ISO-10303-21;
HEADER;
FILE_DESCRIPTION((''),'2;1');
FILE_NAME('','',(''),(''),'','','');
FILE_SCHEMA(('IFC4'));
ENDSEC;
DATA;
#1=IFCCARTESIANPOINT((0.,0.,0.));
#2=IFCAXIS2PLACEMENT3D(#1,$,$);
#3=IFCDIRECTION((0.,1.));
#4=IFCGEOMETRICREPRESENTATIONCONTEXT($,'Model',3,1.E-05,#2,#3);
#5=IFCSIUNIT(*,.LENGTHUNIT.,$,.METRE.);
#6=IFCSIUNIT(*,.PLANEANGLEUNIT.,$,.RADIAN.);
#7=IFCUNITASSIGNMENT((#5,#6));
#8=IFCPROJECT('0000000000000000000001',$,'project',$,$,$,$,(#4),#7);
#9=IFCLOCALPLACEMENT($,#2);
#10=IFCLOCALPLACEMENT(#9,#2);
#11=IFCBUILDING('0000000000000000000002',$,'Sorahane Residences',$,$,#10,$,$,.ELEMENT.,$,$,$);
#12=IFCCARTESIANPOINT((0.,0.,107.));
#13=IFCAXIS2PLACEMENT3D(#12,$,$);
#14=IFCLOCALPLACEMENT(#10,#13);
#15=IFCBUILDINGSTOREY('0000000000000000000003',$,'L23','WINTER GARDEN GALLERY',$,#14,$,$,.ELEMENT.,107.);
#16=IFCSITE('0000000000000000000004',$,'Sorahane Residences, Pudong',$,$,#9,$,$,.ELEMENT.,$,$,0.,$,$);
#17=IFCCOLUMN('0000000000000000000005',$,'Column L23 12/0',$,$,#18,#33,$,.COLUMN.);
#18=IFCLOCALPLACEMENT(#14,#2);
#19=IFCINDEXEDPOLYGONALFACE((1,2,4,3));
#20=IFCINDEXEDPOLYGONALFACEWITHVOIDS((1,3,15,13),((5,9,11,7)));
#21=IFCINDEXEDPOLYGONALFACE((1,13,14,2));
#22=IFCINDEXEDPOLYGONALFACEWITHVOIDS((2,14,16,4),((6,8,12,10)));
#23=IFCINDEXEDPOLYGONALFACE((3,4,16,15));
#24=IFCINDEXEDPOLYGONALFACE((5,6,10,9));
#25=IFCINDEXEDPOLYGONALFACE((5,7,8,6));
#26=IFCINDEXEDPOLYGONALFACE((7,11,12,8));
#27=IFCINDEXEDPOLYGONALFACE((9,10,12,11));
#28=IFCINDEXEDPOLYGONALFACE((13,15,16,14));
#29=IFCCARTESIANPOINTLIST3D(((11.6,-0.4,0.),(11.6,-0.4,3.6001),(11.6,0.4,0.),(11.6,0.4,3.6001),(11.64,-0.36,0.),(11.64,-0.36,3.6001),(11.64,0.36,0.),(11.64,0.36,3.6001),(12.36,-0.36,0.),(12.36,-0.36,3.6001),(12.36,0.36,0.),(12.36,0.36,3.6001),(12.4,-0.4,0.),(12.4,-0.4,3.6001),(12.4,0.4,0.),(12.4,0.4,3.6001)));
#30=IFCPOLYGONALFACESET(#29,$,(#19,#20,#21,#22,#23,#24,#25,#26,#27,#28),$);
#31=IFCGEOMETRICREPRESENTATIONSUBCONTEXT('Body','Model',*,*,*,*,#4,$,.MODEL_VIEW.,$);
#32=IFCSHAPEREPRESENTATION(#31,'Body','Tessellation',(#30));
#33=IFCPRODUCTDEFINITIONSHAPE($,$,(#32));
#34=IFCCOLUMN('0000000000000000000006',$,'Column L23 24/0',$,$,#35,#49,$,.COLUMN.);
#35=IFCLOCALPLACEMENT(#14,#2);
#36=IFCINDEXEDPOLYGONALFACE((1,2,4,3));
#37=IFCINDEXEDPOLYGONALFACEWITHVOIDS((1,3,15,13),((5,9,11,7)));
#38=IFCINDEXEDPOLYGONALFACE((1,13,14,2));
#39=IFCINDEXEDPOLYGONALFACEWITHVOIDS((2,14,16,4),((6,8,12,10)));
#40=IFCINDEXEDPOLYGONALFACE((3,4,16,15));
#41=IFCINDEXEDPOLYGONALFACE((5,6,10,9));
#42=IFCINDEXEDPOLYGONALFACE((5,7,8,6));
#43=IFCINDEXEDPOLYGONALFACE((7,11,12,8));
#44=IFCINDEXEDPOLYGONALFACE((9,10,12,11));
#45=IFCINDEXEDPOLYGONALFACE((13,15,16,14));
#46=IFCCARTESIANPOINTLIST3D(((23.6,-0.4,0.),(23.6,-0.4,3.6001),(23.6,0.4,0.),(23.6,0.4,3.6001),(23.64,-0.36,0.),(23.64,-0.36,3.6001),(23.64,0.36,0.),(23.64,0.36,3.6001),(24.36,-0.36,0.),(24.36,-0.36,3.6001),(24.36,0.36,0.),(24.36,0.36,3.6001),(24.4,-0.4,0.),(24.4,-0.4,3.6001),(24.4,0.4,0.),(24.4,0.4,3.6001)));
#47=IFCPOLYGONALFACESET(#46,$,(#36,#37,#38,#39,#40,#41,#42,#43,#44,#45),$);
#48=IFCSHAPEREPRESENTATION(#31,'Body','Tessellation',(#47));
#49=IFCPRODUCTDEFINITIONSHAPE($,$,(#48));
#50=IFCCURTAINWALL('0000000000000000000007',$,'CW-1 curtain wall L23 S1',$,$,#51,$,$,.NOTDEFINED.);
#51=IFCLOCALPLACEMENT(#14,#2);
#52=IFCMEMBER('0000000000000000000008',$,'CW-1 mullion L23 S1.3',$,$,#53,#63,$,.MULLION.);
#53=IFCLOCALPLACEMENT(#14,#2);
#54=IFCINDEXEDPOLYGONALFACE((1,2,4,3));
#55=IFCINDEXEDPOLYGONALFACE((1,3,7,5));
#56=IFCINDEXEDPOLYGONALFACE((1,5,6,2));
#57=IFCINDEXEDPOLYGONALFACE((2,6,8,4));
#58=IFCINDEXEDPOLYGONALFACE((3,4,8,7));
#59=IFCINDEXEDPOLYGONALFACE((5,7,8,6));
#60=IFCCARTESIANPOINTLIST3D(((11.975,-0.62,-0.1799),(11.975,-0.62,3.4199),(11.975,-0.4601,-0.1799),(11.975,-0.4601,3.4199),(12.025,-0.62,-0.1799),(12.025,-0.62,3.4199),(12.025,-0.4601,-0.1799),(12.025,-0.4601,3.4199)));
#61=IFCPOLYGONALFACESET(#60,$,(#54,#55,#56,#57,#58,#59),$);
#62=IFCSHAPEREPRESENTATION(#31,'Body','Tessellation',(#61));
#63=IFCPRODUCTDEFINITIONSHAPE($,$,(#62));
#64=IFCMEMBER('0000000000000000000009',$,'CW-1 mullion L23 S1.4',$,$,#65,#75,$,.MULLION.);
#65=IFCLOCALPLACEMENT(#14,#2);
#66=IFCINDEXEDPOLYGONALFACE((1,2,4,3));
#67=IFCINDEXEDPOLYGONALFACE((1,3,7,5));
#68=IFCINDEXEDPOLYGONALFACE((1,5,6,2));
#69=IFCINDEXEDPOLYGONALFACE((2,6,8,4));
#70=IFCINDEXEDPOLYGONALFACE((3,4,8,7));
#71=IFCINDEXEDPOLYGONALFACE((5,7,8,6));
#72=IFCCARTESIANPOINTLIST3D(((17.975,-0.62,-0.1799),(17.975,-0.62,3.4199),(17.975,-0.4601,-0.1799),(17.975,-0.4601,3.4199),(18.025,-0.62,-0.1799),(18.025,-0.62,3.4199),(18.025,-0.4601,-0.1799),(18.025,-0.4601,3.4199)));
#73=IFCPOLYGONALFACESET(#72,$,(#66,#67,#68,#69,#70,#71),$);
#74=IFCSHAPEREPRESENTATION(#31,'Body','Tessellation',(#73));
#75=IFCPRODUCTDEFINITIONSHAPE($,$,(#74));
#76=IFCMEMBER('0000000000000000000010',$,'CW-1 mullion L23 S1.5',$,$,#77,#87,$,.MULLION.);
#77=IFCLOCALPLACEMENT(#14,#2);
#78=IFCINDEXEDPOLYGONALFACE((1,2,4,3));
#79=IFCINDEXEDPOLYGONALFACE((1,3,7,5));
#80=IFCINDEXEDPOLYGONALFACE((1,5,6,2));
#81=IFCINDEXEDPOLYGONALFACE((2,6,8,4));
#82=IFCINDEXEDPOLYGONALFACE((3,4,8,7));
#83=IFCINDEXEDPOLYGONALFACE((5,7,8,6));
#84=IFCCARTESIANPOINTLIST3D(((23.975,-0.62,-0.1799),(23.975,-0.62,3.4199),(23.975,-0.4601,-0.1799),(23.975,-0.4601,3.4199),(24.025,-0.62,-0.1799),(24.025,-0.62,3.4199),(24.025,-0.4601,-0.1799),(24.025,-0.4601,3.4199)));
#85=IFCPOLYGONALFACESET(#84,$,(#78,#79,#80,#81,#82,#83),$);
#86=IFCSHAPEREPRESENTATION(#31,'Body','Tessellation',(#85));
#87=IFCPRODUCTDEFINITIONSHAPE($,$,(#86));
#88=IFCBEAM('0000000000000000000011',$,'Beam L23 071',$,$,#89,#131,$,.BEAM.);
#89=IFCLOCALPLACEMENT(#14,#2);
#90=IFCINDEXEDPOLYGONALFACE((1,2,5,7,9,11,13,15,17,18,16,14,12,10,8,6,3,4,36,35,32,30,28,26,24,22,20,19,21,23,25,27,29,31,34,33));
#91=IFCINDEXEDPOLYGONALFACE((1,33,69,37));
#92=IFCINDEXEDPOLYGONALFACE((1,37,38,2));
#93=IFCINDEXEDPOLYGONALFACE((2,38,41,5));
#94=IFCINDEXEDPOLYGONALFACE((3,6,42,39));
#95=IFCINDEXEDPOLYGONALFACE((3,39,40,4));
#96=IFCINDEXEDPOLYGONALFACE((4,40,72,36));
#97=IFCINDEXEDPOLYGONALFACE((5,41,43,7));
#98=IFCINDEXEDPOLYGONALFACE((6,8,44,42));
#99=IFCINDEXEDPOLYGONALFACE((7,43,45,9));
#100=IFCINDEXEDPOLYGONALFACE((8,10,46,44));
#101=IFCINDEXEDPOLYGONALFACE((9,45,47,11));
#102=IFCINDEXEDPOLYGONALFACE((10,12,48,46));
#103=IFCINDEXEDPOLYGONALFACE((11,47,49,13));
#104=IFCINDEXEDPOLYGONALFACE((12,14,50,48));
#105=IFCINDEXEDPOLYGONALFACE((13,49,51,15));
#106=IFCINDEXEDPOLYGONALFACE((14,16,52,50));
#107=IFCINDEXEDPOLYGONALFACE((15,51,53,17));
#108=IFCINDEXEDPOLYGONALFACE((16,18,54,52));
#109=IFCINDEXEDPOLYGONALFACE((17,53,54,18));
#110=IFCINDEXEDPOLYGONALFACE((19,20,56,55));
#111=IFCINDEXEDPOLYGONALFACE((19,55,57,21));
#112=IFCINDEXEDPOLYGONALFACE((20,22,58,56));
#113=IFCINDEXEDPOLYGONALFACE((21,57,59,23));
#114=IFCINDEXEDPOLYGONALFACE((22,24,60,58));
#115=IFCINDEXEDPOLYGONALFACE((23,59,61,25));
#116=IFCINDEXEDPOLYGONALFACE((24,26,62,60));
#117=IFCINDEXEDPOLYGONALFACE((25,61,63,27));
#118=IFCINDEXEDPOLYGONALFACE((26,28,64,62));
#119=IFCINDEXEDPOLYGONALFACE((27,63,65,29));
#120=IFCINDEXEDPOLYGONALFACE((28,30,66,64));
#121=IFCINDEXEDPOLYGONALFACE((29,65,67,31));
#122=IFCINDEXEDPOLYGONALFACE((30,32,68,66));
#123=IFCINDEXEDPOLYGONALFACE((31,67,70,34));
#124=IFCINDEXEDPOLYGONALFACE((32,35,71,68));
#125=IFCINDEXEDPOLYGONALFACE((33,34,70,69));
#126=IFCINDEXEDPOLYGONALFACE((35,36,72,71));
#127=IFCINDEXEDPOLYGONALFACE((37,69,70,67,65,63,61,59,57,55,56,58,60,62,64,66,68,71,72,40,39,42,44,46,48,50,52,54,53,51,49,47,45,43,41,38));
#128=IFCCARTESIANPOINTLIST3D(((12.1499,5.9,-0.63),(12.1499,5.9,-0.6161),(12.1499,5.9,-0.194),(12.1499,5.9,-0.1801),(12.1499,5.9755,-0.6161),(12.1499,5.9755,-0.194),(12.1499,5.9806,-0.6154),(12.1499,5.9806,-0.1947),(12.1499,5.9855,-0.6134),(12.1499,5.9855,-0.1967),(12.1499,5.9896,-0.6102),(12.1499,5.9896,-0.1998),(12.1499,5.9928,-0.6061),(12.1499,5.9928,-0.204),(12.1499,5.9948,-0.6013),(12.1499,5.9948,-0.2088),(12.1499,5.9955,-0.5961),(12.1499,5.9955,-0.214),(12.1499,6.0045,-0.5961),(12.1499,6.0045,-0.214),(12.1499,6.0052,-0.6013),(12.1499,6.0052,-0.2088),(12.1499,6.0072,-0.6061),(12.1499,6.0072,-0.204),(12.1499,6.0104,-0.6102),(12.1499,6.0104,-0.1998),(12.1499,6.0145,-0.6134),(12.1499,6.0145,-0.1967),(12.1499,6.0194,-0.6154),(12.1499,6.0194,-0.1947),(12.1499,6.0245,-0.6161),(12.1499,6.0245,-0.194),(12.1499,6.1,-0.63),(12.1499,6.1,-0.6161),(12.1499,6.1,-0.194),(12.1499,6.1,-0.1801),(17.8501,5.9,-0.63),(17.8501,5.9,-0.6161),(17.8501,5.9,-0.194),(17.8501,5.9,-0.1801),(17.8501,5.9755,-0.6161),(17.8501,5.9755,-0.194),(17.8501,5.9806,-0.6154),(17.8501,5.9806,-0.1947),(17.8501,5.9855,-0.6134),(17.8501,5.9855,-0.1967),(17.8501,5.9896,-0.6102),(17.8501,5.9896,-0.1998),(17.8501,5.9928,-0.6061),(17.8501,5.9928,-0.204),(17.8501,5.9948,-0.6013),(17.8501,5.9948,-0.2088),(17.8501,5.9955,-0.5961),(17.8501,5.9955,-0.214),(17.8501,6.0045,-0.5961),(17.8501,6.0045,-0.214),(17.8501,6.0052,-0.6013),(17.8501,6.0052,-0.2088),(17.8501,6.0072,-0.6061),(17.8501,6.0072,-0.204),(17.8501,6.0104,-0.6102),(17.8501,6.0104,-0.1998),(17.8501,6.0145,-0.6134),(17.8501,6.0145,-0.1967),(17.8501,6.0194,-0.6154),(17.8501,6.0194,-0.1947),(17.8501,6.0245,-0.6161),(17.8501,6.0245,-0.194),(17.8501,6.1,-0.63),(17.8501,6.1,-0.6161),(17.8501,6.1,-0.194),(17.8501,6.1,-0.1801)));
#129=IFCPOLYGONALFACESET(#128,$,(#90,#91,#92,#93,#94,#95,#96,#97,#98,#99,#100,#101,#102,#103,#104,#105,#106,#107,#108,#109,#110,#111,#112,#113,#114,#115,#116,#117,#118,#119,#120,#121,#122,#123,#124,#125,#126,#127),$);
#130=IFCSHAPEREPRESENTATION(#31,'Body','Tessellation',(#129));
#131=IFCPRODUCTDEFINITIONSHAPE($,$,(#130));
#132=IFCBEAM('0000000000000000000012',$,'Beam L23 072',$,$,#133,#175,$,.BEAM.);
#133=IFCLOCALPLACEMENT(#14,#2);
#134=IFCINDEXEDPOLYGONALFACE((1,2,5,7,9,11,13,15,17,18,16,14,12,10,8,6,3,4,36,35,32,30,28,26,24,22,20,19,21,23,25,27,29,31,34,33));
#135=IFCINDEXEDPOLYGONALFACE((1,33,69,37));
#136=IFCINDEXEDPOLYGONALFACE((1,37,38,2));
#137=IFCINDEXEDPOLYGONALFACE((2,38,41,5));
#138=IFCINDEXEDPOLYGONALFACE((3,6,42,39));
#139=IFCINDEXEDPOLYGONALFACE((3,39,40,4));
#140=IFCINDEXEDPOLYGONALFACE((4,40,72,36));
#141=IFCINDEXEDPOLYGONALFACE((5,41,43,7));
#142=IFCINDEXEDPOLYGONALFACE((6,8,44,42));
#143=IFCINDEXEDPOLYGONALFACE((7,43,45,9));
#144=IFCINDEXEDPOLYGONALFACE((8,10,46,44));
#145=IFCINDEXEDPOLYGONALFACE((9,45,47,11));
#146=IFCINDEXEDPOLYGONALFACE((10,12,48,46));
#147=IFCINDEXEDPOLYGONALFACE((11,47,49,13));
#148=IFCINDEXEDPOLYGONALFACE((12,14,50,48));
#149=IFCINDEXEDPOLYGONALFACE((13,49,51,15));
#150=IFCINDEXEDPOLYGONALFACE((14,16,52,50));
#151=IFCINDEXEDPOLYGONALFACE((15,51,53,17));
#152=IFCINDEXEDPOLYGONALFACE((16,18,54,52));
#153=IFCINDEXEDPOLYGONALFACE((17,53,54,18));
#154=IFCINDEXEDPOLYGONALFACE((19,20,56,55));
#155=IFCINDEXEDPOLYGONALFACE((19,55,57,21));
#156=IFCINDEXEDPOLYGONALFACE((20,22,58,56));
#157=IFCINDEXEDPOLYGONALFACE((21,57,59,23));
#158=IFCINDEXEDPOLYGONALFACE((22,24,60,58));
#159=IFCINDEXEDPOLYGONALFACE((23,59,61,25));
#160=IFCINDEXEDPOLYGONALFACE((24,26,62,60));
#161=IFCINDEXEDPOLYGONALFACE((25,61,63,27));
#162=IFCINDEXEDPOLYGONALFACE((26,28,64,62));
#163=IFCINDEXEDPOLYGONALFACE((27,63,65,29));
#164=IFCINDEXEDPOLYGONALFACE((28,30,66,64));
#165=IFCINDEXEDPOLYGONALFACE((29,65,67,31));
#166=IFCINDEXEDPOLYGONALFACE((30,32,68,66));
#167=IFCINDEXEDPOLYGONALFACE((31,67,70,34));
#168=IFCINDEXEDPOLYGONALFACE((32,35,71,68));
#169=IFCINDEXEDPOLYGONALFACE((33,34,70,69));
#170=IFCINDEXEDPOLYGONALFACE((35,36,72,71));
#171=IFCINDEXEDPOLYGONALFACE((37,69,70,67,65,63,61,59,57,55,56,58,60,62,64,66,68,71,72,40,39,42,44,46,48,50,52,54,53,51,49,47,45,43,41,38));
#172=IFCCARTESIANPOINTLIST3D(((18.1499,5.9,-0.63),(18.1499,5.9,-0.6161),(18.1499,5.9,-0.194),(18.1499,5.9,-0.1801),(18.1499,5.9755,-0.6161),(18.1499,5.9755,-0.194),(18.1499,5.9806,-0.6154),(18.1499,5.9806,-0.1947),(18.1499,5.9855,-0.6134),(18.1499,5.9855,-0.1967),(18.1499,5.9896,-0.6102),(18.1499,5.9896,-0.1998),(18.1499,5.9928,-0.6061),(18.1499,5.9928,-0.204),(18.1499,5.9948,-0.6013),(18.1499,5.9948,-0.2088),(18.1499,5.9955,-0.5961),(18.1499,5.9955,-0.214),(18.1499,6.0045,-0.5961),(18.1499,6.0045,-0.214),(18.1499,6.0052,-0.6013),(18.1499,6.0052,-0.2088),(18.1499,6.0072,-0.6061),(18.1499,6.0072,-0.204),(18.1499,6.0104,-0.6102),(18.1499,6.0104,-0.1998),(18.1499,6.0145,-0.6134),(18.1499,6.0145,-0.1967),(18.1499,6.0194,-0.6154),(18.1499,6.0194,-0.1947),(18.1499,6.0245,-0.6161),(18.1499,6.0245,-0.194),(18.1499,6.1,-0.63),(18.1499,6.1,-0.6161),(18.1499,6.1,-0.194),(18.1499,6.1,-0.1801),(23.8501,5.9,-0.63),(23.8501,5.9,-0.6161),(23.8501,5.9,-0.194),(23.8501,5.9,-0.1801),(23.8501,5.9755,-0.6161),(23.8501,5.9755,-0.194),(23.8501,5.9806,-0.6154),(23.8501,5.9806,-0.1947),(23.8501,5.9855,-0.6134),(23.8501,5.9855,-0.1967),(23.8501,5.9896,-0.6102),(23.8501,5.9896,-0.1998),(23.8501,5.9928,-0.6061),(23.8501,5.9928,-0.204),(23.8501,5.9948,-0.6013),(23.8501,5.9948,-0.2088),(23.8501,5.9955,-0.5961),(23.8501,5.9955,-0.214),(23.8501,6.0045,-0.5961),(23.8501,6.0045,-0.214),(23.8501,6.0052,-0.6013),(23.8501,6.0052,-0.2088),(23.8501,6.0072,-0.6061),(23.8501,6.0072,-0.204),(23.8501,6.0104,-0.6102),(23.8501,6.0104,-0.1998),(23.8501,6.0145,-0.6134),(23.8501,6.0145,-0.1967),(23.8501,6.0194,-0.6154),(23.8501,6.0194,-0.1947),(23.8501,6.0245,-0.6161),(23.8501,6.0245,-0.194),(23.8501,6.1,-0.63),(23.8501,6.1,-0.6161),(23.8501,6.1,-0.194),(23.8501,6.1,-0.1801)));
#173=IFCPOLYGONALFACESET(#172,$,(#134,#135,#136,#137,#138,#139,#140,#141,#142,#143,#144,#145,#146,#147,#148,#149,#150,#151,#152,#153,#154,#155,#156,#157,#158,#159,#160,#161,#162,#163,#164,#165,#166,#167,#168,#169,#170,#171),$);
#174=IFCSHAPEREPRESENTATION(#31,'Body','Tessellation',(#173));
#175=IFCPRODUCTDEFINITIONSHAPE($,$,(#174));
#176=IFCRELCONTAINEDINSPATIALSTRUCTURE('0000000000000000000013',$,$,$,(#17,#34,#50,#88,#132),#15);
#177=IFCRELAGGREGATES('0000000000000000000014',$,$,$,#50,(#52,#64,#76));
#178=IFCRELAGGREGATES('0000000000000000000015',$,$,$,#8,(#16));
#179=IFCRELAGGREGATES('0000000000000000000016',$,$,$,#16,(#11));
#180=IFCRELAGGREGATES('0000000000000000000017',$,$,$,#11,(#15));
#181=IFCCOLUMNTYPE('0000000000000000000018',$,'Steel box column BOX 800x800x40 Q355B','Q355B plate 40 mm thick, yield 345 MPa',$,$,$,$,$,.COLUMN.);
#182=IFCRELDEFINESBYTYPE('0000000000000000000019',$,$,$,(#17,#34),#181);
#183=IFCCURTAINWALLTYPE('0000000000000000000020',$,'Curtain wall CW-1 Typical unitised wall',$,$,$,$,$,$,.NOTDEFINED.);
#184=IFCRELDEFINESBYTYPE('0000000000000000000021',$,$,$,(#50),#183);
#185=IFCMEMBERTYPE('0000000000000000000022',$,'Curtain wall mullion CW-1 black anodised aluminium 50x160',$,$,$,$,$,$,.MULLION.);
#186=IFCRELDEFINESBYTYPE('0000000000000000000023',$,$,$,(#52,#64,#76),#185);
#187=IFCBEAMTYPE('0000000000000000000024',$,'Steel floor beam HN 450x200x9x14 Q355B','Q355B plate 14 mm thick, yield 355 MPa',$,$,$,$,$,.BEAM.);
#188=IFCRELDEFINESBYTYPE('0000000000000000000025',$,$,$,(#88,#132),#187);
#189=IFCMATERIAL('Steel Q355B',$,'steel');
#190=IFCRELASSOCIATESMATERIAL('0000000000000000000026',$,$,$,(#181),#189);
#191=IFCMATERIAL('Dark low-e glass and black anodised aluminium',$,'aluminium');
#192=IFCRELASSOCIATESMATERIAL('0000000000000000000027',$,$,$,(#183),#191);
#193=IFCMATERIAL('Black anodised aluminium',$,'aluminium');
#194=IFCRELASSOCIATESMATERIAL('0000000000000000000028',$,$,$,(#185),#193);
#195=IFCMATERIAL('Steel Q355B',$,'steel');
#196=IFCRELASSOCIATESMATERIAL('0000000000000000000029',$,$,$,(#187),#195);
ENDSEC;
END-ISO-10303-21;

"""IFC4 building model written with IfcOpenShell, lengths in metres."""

from ifc_helpers import new_model, si_unit, direction, frame, origin, origin_2d, place, context, subcontext, project, spatial, rectangle, hollow_rectangle, i_section, extrude, material, material_profile, profile_set, type_object, element, aggregate, save


model = new_model("IFC4")

# Units and contexts
model_context = context("Model", 3, precision=1e-05, world=origin(), true_north=direction((0.0, 1.0)))
body_context = subcontext(model_context, "Body", "Model", "MODEL_VIEW")
ifc_project = project(units=[si_unit("LENGTHUNIT", "METRE"), si_unit("PLANEANGLEUNIT", "RADIAN")], contexts=[model_context])

# Site, building, storey
site_placement = place(None, origin())
site = spatial("IfcSite", under=ifc_project, at=site_placement, Name="Sorahane Residences, Pudong", CompositionType="ELEMENT", RefElevation=0.0)
building_placement = place(site_placement, origin())
building = spatial("IfcBuilding", under=site, at=building_placement, Name="Sorahane Residences", CompositionType="ELEMENT")
storey_placement = place(building_placement, frame((0.0, 0.0, 107.0)))
storey = spatial("IfcBuildingStorey", under=building, at=storey_placement, Name="L23", Description="WINTER GARDEN GALLERY", CompositionType="ELEMENT", Elevation=107.0)

# Columns
ifc_material_1 = material(Name="Steel Q355B", Category="steel")
ifc_material_profile_1 = material_profile(ifc_material_1, hollow_rectangle(XDim=0.8, YDim=0.8, WallThickness=0.04, at=origin_2d()), Name="BOX 800x800x40")
ifc_profile_set_1 = profile_set([ifc_material_profile_1], Name="Steel Q355B")
column_type = type_object("IfcColumnType", Name="Steel box column BOX 800x800x40 Q355B", Description="Q355B plate 40 mm thick, yield 345 MPa", PredefinedType="COLUMN", material=ifc_profile_set_1)
for number, where, z_axis, x_axis, name in (
    (1, (12.0, 0.0, 0.0), (0.0, 0.0, 1.0), (1.0, 0.0, 0.0), "Column L23 12/0"),
    (2, (24.0, 0.0, 0.0), (0.0, 0.0, 1.0), (1.0, 0.0, 0.0), "Column L23 24/0"),
):
    element("IfcColumn", number, at=place(storey_placement, frame(where, z_axis=z_axis, x_axis=x_axis)), inside=storey, type_object=column_type, Name=name, PredefinedType="COLUMN", context=body_context, shape_type="SweptSolid", body=[
        extrude(hollow_rectangle(XDim=0.8, YDim=0.8, WallThickness=0.04, at=origin_2d()), origin(), (0.0, 0.0, 1.0), 3.6001),
    ])

# Curtain wall, members
ifc_material_2 = material(Name="Dark low-e glass and black anodised aluminium", Category="aluminium")
curtain_wall_type = type_object("IfcCurtainWallType", Name="Curtain wall CW-1 Typical unitised wall", PredefinedType="NOTDEFINED", material=ifc_material_2)
curtain_wall_placement = place(storey_placement, origin())
curtain_wall = element("IfcCurtainWall", 3, at=curtain_wall_placement, inside=storey, type_object=curtain_wall_type, Name="CW-1 curtain wall L23 S1", PredefinedType="NOTDEFINED")
ifc_material_3 = material(Name="Black anodised aluminium", Category="aluminium")
ifc_material_profile_2 = material_profile(ifc_material_3, rectangle(XDim=0.1599, YDim=0.05, at=origin_2d()), Name="Curtain wall mullion CW-1 black anodised aluminium 50x160")
ifc_profile_set_2 = profile_set([ifc_material_profile_2], Name="Black anodised aluminium")
member_type = type_object("IfcMemberType", Name="Curtain wall mullion CW-1 black anodised aluminium 50x160", PredefinedType="MULLION", material=ifc_profile_set_2)
member_1_placement = place(storey_placement, frame((12.0, -0.54, -0.1799), z_axis=(0.0, 0.0, 1.0), x_axis=(0.0, -1.0, 0.0)))
member_1 = element("IfcMember", 4, at=member_1_placement, type_object=member_type, Name="CW-1 mullion L23 S1.3", PredefinedType="MULLION", context=body_context, shape_type="SweptSolid", body=[
    extrude(rectangle(XDim=0.1599, YDim=0.05, at=origin_2d()), origin(), (0.0, 0.0, 1.0), 3.5999),
])
member_2_placement = place(storey_placement, frame((18.0, -0.54, -0.1799), z_axis=(0.0, 0.0, 1.0), x_axis=(0.0, -1.0, 0.0)))
member_2 = element("IfcMember", 5, at=member_2_placement, type_object=member_type, Name="CW-1 mullion L23 S1.4", PredefinedType="MULLION", context=body_context, shape_type="SweptSolid", body=[
    extrude(rectangle(XDim=0.1599, YDim=0.05, at=origin_2d()), origin(), (0.0, 0.0, 1.0), 3.5999),
])
member_3_placement = place(storey_placement, frame((24.0, -0.54, -0.1799), z_axis=(0.0, 0.0, 1.0), x_axis=(0.0, -1.0, 0.0)))
member_3 = element("IfcMember", 6, at=member_3_placement, type_object=member_type, Name="CW-1 mullion L23 S1.5", PredefinedType="MULLION", context=body_context, shape_type="SweptSolid", body=[
    extrude(rectangle(XDim=0.1599, YDim=0.05, at=origin_2d()), origin(), (0.0, 0.0, 1.0), 3.5999),
])

# Beams
ifc_material_4 = material(Name="Steel Q355B", Category="steel")
ifc_material_profile_3 = material_profile(ifc_material_4, i_section(OverallWidth=0.2, OverallDepth=0.45, WebThickness=0.009, FlangeThickness=0.0139, FilletRadius=0.02, at=origin_2d()), Name="HN 450x200x9x14")
ifc_profile_set_3 = profile_set([ifc_material_profile_3], Name="Steel Q355B")
beam_type_1 = type_object("IfcBeamType", Name="Steel floor beam HN 450x200x9x14 Q355B", Description="Q355B plate 14 mm thick, yield 355 MPa", PredefinedType="BEAM", material=ifc_profile_set_3)
for number, where, z_axis, x_axis, name in (
    (7, (12.1499, 6.0, -0.405), (1.0, 0.0, 0.0), (0.0, 1.0, 0.0), "Beam L23 071"),
    (8, (18.1499, 6.0, -0.405), (1.0, 0.0, 0.0), (0.0, 1.0, 0.0), "Beam L23 072"),
):
    element("IfcBeam", number, at=place(storey_placement, frame(where, z_axis=z_axis, x_axis=x_axis)), inside=storey, type_object=beam_type_1, Name=name, PredefinedType="BEAM", context=body_context, shape_type="SweptSolid", body=[
        extrude(i_section(OverallWidth=0.2, OverallDepth=0.45, WebThickness=0.009, FlangeThickness=0.0139, FilletRadius=0.02, at=origin_2d()), origin(), (0.0, 0.0, 1.0), 5.7002),
    ])

aggregate(curtain_wall, [member_1, member_2, member_3])

save(model, "model.ifc")
